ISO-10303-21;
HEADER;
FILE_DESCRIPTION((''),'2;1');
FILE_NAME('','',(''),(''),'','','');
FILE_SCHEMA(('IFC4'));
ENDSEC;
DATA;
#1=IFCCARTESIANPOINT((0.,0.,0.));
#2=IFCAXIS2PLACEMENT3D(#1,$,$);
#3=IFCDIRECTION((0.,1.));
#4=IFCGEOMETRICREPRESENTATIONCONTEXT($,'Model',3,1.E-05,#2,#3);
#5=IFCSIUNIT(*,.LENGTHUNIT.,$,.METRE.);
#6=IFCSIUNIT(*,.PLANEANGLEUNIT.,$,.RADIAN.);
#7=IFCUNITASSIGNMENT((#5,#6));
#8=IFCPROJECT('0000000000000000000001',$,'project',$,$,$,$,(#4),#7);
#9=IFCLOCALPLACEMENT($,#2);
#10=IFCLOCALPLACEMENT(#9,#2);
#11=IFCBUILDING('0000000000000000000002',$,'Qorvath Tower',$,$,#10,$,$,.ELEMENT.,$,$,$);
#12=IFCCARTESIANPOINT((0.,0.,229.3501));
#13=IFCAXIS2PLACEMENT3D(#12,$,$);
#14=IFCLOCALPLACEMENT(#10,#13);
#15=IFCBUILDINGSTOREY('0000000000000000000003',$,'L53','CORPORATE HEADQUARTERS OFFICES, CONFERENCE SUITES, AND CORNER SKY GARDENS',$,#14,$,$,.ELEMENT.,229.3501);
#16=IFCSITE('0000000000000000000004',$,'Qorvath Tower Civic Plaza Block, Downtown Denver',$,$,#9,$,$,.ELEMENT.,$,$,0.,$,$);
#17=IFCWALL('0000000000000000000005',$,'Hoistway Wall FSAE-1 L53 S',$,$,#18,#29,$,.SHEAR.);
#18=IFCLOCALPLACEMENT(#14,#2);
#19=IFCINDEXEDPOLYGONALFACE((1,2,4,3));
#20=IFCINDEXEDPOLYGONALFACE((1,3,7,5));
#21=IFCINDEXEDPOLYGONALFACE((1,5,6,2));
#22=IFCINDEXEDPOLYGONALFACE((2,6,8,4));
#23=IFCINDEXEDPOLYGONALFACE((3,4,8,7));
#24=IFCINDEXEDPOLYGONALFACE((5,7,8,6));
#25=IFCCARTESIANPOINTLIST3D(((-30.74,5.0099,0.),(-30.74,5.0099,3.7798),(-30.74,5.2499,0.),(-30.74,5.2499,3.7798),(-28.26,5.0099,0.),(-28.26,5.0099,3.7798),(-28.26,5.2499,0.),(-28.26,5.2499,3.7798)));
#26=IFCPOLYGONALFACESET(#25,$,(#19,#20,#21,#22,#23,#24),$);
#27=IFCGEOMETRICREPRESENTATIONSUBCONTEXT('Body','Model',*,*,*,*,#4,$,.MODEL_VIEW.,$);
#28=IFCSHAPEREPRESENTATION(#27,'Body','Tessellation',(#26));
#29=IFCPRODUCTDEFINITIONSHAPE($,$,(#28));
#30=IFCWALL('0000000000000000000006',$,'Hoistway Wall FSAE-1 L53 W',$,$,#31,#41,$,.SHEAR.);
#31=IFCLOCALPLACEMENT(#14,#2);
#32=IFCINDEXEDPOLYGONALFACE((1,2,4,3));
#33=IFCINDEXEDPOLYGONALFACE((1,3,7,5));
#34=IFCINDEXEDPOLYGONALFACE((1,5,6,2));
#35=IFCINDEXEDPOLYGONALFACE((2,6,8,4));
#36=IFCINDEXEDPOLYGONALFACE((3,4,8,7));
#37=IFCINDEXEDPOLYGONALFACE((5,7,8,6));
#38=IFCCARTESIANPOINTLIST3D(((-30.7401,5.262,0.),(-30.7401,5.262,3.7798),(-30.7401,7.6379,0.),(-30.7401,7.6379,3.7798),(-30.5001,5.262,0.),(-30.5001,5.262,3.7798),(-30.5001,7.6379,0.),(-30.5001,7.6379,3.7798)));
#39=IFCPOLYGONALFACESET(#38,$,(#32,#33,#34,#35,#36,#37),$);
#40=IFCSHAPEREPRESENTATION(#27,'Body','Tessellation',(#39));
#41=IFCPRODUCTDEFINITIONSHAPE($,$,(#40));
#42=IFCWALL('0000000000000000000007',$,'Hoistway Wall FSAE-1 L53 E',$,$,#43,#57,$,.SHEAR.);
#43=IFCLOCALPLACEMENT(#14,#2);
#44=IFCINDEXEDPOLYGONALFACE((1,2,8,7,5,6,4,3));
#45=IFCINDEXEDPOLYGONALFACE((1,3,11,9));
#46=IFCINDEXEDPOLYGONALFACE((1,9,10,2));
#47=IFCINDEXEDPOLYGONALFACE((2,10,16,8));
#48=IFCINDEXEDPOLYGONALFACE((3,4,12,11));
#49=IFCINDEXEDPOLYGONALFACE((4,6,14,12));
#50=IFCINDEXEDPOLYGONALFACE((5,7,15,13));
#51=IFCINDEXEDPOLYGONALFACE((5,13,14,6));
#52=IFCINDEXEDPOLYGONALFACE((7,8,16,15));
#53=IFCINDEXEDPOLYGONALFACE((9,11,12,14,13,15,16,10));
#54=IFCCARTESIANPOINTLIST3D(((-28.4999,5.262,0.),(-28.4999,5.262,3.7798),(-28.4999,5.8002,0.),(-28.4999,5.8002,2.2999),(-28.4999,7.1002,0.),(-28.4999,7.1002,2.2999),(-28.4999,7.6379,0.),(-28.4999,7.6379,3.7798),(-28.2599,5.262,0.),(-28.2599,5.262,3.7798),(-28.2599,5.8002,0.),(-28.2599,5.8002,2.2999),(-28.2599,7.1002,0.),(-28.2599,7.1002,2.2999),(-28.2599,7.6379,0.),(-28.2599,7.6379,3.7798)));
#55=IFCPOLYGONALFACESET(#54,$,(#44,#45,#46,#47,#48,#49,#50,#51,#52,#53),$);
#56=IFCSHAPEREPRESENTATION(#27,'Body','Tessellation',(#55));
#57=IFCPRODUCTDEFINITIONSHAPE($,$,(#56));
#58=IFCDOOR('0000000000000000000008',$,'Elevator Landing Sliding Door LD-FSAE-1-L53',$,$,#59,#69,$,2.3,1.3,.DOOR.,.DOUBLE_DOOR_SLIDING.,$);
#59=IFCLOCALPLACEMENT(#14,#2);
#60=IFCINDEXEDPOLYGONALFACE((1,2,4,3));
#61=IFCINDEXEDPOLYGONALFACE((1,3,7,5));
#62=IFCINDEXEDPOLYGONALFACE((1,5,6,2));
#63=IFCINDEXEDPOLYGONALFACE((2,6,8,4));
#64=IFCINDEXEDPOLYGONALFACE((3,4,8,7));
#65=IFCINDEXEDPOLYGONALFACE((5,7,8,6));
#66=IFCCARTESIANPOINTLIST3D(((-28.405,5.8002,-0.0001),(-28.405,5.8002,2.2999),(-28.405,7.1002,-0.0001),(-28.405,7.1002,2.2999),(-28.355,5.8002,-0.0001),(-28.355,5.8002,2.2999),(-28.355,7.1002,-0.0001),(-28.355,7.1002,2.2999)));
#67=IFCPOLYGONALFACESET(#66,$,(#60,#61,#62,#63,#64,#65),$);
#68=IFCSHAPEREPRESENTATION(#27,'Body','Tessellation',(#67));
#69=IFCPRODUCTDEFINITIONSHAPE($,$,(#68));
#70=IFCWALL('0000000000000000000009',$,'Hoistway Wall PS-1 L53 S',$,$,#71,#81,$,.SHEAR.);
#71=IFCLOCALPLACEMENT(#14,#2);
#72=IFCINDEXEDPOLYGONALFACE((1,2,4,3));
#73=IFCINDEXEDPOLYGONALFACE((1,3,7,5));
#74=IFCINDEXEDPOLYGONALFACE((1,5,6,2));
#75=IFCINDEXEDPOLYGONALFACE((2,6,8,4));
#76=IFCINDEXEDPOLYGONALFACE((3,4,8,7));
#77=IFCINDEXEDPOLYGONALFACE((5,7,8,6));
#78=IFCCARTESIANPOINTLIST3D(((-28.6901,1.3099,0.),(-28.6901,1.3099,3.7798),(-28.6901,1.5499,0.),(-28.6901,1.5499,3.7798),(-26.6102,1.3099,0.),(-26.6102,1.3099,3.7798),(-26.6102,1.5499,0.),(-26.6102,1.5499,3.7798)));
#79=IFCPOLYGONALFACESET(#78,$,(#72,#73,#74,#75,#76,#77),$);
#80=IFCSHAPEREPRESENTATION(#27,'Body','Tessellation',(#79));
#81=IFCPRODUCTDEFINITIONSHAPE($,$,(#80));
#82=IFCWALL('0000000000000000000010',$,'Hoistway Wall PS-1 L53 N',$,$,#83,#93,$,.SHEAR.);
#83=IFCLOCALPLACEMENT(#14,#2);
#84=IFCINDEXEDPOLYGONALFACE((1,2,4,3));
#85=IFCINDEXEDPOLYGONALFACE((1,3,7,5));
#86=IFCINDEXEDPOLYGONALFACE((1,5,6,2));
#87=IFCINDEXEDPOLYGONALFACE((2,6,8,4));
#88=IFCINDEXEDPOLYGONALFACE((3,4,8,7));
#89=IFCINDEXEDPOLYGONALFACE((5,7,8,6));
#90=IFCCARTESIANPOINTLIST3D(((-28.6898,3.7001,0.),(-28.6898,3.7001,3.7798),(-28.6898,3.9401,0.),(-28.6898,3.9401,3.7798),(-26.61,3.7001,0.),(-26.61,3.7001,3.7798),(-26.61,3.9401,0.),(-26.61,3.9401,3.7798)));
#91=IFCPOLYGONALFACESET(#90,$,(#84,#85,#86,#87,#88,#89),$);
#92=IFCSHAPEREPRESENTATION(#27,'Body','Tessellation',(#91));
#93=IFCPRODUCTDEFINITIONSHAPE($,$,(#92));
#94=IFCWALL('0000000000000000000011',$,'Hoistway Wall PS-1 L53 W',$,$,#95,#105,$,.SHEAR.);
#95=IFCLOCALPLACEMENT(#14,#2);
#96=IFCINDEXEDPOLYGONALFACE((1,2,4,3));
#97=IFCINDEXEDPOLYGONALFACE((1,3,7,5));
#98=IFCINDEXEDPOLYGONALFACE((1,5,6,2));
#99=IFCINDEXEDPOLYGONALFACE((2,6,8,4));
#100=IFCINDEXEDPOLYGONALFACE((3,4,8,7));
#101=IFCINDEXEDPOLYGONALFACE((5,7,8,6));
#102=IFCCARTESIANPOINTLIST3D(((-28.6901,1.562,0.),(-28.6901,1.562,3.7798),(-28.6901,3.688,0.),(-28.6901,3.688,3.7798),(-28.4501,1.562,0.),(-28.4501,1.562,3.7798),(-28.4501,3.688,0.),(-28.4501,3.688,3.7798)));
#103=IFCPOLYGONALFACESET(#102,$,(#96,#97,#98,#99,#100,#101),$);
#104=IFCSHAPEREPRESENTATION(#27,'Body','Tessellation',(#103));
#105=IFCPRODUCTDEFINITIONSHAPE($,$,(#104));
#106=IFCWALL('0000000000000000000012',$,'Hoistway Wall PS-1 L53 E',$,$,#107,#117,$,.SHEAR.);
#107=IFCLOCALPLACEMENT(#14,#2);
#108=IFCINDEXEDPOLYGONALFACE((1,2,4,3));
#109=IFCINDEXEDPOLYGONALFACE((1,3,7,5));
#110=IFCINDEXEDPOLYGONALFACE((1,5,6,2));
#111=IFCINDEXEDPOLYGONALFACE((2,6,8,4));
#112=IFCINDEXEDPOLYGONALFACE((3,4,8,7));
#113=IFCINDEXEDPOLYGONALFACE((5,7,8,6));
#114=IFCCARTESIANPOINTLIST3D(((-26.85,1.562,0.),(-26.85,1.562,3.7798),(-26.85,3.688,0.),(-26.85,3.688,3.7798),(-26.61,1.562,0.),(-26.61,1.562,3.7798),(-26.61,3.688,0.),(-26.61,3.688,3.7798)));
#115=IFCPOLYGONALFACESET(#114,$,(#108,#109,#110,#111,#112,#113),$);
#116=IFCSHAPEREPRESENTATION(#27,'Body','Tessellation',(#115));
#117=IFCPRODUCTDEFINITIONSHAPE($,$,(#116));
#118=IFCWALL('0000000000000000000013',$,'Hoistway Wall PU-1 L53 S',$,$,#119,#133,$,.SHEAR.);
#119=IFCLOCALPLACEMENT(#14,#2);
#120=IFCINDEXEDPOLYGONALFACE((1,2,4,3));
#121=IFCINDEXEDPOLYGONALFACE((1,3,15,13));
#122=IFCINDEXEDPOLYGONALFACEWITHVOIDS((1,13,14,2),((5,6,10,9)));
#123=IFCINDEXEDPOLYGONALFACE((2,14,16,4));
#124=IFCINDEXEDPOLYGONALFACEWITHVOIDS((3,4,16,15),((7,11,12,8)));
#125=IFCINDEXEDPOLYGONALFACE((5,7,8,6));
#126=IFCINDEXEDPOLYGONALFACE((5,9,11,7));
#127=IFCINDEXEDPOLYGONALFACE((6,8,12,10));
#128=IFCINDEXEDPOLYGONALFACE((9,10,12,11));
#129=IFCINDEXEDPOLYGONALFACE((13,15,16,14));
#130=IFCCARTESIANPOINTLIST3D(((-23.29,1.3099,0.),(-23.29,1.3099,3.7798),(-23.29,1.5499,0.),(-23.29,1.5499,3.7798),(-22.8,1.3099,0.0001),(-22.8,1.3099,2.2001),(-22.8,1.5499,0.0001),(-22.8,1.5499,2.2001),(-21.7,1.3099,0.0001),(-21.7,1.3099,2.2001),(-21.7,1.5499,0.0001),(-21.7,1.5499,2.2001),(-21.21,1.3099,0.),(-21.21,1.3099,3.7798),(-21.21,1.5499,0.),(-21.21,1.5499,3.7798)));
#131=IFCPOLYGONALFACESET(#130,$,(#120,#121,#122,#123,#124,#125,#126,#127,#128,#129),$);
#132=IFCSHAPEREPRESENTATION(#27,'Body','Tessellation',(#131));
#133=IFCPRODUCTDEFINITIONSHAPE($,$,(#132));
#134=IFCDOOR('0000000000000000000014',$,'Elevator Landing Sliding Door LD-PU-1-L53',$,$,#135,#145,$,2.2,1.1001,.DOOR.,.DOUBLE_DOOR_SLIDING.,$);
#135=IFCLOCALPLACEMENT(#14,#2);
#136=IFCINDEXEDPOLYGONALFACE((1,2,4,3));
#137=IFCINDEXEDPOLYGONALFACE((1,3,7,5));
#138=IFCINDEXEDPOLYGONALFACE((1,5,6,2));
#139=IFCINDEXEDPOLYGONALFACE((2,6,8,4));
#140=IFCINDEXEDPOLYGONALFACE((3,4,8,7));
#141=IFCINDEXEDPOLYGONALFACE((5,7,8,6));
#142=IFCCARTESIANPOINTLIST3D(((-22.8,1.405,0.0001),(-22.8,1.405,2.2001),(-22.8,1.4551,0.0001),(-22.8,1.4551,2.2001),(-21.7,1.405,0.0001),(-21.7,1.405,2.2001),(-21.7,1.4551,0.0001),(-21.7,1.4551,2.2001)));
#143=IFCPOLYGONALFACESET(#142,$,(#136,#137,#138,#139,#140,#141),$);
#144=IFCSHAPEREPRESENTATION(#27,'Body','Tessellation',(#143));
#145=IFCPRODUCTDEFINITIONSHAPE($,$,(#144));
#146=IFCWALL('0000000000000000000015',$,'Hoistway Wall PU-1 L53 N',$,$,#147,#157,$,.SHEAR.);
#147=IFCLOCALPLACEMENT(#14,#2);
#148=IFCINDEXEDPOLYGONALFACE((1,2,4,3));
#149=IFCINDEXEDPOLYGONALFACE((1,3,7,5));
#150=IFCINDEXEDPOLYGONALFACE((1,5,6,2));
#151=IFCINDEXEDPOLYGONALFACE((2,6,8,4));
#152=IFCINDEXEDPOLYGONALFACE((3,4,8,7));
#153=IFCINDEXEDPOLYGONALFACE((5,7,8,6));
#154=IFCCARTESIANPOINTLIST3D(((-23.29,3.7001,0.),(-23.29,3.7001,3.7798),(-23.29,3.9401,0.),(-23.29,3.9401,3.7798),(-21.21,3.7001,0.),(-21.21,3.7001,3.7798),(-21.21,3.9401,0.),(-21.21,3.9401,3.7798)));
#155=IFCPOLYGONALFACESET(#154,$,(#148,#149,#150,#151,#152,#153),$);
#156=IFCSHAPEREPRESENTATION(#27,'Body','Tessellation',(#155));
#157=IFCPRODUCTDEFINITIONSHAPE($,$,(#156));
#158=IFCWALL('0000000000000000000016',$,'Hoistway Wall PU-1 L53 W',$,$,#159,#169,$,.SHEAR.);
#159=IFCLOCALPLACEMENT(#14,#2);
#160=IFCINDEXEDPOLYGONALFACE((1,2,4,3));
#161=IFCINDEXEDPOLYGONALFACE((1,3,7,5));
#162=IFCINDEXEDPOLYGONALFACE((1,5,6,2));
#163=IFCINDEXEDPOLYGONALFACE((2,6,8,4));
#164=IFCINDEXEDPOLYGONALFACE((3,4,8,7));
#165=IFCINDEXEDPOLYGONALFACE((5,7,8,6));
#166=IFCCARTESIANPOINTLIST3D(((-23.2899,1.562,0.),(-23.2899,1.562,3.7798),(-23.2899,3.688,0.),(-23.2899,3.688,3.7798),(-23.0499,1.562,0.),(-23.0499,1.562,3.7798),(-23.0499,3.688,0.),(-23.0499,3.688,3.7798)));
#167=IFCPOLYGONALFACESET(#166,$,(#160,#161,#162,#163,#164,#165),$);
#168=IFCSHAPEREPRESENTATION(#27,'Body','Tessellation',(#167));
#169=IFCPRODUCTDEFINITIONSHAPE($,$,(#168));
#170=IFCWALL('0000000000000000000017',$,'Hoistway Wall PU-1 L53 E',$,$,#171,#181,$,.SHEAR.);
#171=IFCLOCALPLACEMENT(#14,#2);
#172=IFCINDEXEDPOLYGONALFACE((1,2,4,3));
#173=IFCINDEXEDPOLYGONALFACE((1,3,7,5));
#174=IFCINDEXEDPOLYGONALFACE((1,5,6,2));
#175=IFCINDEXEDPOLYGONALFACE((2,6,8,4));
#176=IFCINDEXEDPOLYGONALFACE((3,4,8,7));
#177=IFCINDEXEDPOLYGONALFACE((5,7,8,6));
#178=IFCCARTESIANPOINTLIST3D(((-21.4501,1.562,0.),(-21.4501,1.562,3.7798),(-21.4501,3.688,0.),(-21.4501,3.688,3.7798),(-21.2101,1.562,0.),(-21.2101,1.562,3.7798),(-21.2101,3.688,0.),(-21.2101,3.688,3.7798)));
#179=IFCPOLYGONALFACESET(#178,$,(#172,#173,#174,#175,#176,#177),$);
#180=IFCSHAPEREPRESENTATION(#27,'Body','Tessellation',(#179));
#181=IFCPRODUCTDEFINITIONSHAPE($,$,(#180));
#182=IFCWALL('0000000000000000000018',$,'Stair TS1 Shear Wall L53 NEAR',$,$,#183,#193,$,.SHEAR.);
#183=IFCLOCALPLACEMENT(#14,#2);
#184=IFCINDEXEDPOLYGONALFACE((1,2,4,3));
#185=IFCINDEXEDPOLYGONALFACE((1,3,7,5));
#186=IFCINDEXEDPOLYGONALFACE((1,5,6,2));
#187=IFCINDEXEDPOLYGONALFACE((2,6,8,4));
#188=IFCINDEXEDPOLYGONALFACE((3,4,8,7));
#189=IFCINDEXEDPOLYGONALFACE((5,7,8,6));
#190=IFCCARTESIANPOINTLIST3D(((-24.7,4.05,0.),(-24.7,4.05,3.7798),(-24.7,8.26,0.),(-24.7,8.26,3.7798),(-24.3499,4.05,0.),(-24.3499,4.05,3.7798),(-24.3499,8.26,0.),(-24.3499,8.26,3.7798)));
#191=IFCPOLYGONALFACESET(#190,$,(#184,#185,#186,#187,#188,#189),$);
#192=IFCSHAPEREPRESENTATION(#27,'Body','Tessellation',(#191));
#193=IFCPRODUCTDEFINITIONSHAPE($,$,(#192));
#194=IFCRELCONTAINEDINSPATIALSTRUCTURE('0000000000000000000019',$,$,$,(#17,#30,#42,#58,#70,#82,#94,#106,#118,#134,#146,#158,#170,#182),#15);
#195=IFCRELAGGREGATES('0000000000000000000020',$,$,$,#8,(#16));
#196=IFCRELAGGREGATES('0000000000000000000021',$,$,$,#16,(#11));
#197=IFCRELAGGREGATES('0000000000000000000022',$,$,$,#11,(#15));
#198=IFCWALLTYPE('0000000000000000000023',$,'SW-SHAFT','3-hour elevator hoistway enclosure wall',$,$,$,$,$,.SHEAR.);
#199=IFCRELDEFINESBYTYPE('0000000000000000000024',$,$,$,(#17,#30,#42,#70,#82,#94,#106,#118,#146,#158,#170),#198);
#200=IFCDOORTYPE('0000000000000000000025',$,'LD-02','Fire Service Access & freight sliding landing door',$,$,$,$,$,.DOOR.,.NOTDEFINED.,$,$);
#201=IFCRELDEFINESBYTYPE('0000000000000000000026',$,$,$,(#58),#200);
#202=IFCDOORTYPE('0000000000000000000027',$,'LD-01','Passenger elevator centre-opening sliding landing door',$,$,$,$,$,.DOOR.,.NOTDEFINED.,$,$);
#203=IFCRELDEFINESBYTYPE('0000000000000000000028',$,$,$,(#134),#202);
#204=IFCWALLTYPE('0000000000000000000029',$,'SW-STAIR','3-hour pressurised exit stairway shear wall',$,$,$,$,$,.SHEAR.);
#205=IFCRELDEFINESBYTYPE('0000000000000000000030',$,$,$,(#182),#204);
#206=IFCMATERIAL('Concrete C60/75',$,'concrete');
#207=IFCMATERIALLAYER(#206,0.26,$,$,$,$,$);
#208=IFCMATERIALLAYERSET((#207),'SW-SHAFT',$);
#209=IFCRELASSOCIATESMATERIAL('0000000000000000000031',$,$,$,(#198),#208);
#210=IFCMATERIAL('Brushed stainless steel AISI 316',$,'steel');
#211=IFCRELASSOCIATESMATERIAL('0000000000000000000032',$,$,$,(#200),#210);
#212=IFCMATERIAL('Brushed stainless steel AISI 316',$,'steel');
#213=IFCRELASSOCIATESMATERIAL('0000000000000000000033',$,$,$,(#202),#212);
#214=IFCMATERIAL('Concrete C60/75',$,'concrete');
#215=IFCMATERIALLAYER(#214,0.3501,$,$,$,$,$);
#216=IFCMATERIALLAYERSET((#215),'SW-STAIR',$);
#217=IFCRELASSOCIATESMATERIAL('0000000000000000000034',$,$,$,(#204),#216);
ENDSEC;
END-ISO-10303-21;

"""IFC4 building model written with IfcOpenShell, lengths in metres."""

from ifc_helpers import new_model, si_unit, direction, frame, frame_2d, origin, place, context, subcontext, project, spatial, rectangle, extrude, material, layer, layer_set, type_object, element, fill, save


model = new_model("IFC4")

# Units and contexts
model_context = context("Model", 3, precision=1e-05, world=origin(), true_north=direction((0.0, 1.0)))
body_context = subcontext(model_context, "Body", "Model", "MODEL_VIEW")
ifc_project = project(units=[si_unit("LENGTHUNIT", "METRE"), si_unit("PLANEANGLEUNIT", "RADIAN")], contexts=[model_context])

# Site, building, storey
site_placement = place(None, origin())
site = spatial("IfcSite", under=ifc_project, at=site_placement, Name="Qorvath Tower Civic Plaza Block, Downtown Denver", CompositionType="ELEMENT", RefElevation=0.0)
building_placement = place(site_placement, origin())
building = spatial("IfcBuilding", under=site, at=building_placement, Name="Qorvath Tower", CompositionType="ELEMENT")
storey_placement = place(building_placement, frame((0.0, 0.0, 229.3501)))
storey = spatial("IfcBuildingStorey", under=building, at=storey_placement, Name="L53", Description="CORPORATE HEADQUARTERS OFFICES, CONFERENCE SUITES, AND CORNER SKY GARDENS", CompositionType="ELEMENT", Elevation=229.3501)

# Walls
ifc_material_1 = material(Name="Concrete C60/75", Category="concrete")
ifc_layer_1 = layer(ifc_material_1, 0.26)
ifc_layer_set_1 = layer_set([ifc_layer_1], Name="SW-SHAFT")
wall_type_1 = type_object("IfcWallType", Name="SW-SHAFT", Description="3-hour elevator hoistway enclosure wall", PredefinedType="SHEAR", material=ifc_layer_set_1)
wall_1_placement = place(storey_placement, frame((-28.26, 5.1299, 0.0), z_axis=(0.0, 0.0, 1.0), x_axis=(-1.0, 0.0, 0.0)))
element("IfcWall", 1, at=wall_1_placement, inside=storey, type_object=wall_type_1, Name="Hoistway Wall FSAE-1 L53 S", PredefinedType="SHEAR", context=body_context, shape_type="SweptSolid", body=[
    extrude(rectangle(XDim=2.48, YDim=0.24, at=frame_2d((1.24, 0.0))), origin(), (0.0, 0.0, 1.0), 3.7798),
])
wall_2_placement = place(storey_placement, frame((-30.6201, 5.262, 0.0), z_axis=(0.0, 0.0, 1.0), x_axis=(0.0, 1.0, 0.0)))
element("IfcWall", 2, at=wall_2_placement, inside=storey, type_object=wall_type_1, Name="Hoistway Wall FSAE-1 L53 W", PredefinedType="SHEAR", context=body_context, shape_type="SweptSolid", body=[
    extrude(rectangle(XDim=2.376, YDim=0.24, at=frame_2d((1.188, 0.0))), origin(), (0.0, 0.0, 1.0), 3.7798),
])

# Wall, opening, door
wall_3_placement = place(storey_placement, frame((-28.3799, 7.6379, 0.0), z_axis=(0.0, 0.0, 1.0), x_axis=(0.0, -1.0, 0.0)))
wall_3 = element("IfcWall", 3, at=wall_3_placement, inside=storey, type_object=wall_type_1, Name="Hoistway Wall FSAE-1 L53 E", PredefinedType="SHEAR", context=body_context, shape_type="SweptSolid", body=[
    extrude(rectangle(XDim=2.376, YDim=0.24, at=frame_2d((1.188, 0.0))), origin(), (0.0, 0.0, 1.0), 3.7798),
])
opening_1_placement = place(wall_3_placement, frame((0.5378, 0.0, 0.0)))
opening_1 = element("IfcOpeningElement", 4, at=opening_1_placement, cuts=wall_3, PredefinedType="OPENING", context=body_context, shape_type="SweptSolid", body=[
    extrude(rectangle(XDim=1.3, YDim=2.3, at=frame_2d((0.6499, 1.1499))), frame((0.0, 0.1299, 0.0), z_axis=(0.0, -1.0, 0.0), x_axis=(1.0, 0.0, 0.0)), (0.0, 0.0, 1.0), 0.26),
])
ifc_material_2 = material(Name="Brushed stainless steel AISI 316", Category="steel")
door_type_1 = type_object("IfcDoorType", Name="LD-02", Description="Fire Service Access & freight sliding landing door", OperationType="NOTDEFINED", PredefinedType="DOOR", material=ifc_material_2)
door_1_placement = place(opening_1_placement, origin())
door_1 = element("IfcDoor", 5, at=door_1_placement, inside=storey, type_object=door_type_1, Name="Elevator Landing Sliding Door LD-FSAE-1-L53", OperationType="DOUBLE_DOOR_SLIDING", OverallHeight=2.3, OverallWidth=1.3, PredefinedType="DOOR", context=body_context, shape_type="SweptSolid", body=[
    extrude(rectangle(XDim=1.3, YDim=2.3, at=frame_2d((0.6499, 1.1499))), frame((0.0, 0.0249, 0.0), z_axis=(0.0, -1.0, 0.0), x_axis=(1.0, 0.0, 0.0)), (0.0, 0.0, 1.0), 0.05),
])
fill(opening_1, door_1)

# Walls
for number, where, z_axis, x_axis, name in (
    (6, (-26.6101, 1.4299, 0.0), (0.0, 0.0, 1.0), (-1.0, 0.0, 0.0), "Hoistway Wall PS-1 L53 S"),
    (7, (-28.6899, 3.8201, 0.0), (0.0, 0.0, 1.0), (1.0, 0.0, 0.0), "Hoistway Wall PS-1 L53 N"),
):
    element("IfcWall", number, at=place(storey_placement, frame(where, z_axis=z_axis, x_axis=x_axis)), inside=storey, type_object=wall_type_1, Name=name, PredefinedType="SHEAR", context=body_context, shape_type="SweptSolid", body=[
        extrude(rectangle(XDim=2.0798, YDim=0.24, at=frame_2d((1.04, 0.0))), origin(), (0.0, 0.0, 1.0), 3.7798),
    ])
for number, where, z_axis, x_axis, name in (
    (8, (-28.5701, 1.562, 0.0), (0.0, 0.0, 1.0), (0.0, 1.0, 0.0), "Hoistway Wall PS-1 L53 W"),
    (9, (-26.73, 3.688, 0.0), (0.0, 0.0, 1.0), (0.0, -1.0, 0.0), "Hoistway Wall PS-1 L53 E"),
):
    element("IfcWall", number, at=place(storey_placement, frame(where, z_axis=z_axis, x_axis=x_axis)), inside=storey, type_object=wall_type_1, Name=name, PredefinedType="SHEAR", context=body_context, shape_type="SweptSolid", body=[
        extrude(rectangle(XDim=2.126, YDim=0.24, at=frame_2d((1.063, 0.0))), origin(), (0.0, 0.0, 1.0), 3.7798),
    ])

# Wall, opening, door
wall_4_placement = place(storey_placement, frame((-21.21, 1.4299, 0.0), z_axis=(0.0, 0.0, 1.0), x_axis=(-1.0, 0.0, 0.0)))
wall_4 = element("IfcWall", 10, at=wall_4_placement, inside=storey, type_object=wall_type_1, Name="Hoistway Wall PU-1 L53 S", PredefinedType="SHEAR", context=body_context, shape_type="SweptSolid", body=[
    extrude(rectangle(XDim=2.0801, YDim=0.24, at=frame_2d((1.04, 0.0))), origin(), (0.0, 0.0, 1.0), 3.7798),
])
opening_2_placement = place(wall_4_placement, frame((0.49, 0.0, 0.0)))
opening_2 = element("IfcOpeningElement", 11, at=opening_2_placement, cuts=wall_4, PredefinedType="OPENING", context=body_context, shape_type="SweptSolid", body=[
    extrude(rectangle(XDim=1.1001, YDim=2.2, at=frame_2d((0.55, 1.1001))), frame((0.0, 0.1299, 0.0), z_axis=(0.0, -1.0, 0.0), x_axis=(1.0, 0.0, 0.0)), (0.0, 0.0, 1.0), 0.26),
])
ifc_material_3 = material(Name="Brushed stainless steel AISI 316", Category="steel")
door_type_2 = type_object("IfcDoorType", Name="LD-01", Description="Passenger elevator centre-opening sliding landing door", OperationType="NOTDEFINED", PredefinedType="DOOR", material=ifc_material_3)
door_2_placement = place(opening_2_placement, origin())
door_2 = element("IfcDoor", 12, at=door_2_placement, inside=storey, type_object=door_type_2, Name="Elevator Landing Sliding Door LD-PU-1-L53", OperationType="DOUBLE_DOOR_SLIDING", OverallHeight=2.2, OverallWidth=1.1001, PredefinedType="DOOR", context=body_context, shape_type="SweptSolid", body=[
    extrude(rectangle(XDim=1.1001, YDim=2.2, at=frame_2d((0.55, 1.1001))), frame((0.0, 0.0249, 0.0), z_axis=(0.0, -1.0, 0.0), x_axis=(1.0, 0.0, 0.0)), (0.0, 0.0, 1.0), 0.05),
])
fill(opening_2, door_2)

# Walls
wall_5_placement = place(storey_placement, frame((-23.29, 3.8201, 0.0), z_axis=(0.0, 0.0, 1.0), x_axis=(1.0, 0.0, 0.0)))
element("IfcWall", 13, at=wall_5_placement, inside=storey, type_object=wall_type_1, Name="Hoistway Wall PU-1 L53 N", PredefinedType="SHEAR", context=body_context, shape_type="SweptSolid", body=[
    extrude(rectangle(XDim=2.0801, YDim=0.24, at=frame_2d((1.04, 0.0))), origin(), (0.0, 0.0, 1.0), 3.7798),
])
for number, where, z_axis, x_axis, name in (
    (14, (-23.1699, 1.562, 0.0), (0.0, 0.0, 1.0), (0.0, 1.0, 0.0), "Hoistway Wall PU-1 L53 W"),
    (15, (-21.3301, 3.688, 0.0), (0.0, 0.0, 1.0), (0.0, -1.0, 0.0), "Hoistway Wall PU-1 L53 E"),
):
    element("IfcWall", number, at=place(storey_placement, frame(where, z_axis=z_axis, x_axis=x_axis)), inside=storey, type_object=wall_type_1, Name=name, PredefinedType="SHEAR", context=body_context, shape_type="SweptSolid", body=[
        extrude(rectangle(XDim=2.126, YDim=0.24, at=frame_2d((1.063, 0.0))), origin(), (0.0, 0.0, 1.0), 3.7798),
    ])
ifc_material_4 = material(Name="Concrete C60/75", Category="concrete")
ifc_layer_2 = layer(ifc_material_4, 0.3501)
ifc_layer_set_2 = layer_set([ifc_layer_2], Name="SW-STAIR")
wall_type_2 = type_object("IfcWallType", Name="SW-STAIR", Description="3-hour pressurised exit stairway shear wall", PredefinedType="SHEAR", material=ifc_layer_set_2)
wall_6_placement = place(storey_placement, frame((-24.5249, 8.26, 0.0), z_axis=(0.0, 0.0, 1.0), x_axis=(0.0, -1.0, 0.0)))
element("IfcWall", 16, at=wall_6_placement, inside=storey, type_object=wall_type_2, Name="Stair TS1 Shear Wall L53 NEAR", PredefinedType="SHEAR", context=body_context, shape_type="SweptSolid", body=[
    extrude(rectangle(XDim=4.21, YDim=0.3501, at=frame_2d((2.105, 0.0))), origin(), (0.0, 0.0, 1.0), 3.7798),
])

save(model, "model.ifc")
